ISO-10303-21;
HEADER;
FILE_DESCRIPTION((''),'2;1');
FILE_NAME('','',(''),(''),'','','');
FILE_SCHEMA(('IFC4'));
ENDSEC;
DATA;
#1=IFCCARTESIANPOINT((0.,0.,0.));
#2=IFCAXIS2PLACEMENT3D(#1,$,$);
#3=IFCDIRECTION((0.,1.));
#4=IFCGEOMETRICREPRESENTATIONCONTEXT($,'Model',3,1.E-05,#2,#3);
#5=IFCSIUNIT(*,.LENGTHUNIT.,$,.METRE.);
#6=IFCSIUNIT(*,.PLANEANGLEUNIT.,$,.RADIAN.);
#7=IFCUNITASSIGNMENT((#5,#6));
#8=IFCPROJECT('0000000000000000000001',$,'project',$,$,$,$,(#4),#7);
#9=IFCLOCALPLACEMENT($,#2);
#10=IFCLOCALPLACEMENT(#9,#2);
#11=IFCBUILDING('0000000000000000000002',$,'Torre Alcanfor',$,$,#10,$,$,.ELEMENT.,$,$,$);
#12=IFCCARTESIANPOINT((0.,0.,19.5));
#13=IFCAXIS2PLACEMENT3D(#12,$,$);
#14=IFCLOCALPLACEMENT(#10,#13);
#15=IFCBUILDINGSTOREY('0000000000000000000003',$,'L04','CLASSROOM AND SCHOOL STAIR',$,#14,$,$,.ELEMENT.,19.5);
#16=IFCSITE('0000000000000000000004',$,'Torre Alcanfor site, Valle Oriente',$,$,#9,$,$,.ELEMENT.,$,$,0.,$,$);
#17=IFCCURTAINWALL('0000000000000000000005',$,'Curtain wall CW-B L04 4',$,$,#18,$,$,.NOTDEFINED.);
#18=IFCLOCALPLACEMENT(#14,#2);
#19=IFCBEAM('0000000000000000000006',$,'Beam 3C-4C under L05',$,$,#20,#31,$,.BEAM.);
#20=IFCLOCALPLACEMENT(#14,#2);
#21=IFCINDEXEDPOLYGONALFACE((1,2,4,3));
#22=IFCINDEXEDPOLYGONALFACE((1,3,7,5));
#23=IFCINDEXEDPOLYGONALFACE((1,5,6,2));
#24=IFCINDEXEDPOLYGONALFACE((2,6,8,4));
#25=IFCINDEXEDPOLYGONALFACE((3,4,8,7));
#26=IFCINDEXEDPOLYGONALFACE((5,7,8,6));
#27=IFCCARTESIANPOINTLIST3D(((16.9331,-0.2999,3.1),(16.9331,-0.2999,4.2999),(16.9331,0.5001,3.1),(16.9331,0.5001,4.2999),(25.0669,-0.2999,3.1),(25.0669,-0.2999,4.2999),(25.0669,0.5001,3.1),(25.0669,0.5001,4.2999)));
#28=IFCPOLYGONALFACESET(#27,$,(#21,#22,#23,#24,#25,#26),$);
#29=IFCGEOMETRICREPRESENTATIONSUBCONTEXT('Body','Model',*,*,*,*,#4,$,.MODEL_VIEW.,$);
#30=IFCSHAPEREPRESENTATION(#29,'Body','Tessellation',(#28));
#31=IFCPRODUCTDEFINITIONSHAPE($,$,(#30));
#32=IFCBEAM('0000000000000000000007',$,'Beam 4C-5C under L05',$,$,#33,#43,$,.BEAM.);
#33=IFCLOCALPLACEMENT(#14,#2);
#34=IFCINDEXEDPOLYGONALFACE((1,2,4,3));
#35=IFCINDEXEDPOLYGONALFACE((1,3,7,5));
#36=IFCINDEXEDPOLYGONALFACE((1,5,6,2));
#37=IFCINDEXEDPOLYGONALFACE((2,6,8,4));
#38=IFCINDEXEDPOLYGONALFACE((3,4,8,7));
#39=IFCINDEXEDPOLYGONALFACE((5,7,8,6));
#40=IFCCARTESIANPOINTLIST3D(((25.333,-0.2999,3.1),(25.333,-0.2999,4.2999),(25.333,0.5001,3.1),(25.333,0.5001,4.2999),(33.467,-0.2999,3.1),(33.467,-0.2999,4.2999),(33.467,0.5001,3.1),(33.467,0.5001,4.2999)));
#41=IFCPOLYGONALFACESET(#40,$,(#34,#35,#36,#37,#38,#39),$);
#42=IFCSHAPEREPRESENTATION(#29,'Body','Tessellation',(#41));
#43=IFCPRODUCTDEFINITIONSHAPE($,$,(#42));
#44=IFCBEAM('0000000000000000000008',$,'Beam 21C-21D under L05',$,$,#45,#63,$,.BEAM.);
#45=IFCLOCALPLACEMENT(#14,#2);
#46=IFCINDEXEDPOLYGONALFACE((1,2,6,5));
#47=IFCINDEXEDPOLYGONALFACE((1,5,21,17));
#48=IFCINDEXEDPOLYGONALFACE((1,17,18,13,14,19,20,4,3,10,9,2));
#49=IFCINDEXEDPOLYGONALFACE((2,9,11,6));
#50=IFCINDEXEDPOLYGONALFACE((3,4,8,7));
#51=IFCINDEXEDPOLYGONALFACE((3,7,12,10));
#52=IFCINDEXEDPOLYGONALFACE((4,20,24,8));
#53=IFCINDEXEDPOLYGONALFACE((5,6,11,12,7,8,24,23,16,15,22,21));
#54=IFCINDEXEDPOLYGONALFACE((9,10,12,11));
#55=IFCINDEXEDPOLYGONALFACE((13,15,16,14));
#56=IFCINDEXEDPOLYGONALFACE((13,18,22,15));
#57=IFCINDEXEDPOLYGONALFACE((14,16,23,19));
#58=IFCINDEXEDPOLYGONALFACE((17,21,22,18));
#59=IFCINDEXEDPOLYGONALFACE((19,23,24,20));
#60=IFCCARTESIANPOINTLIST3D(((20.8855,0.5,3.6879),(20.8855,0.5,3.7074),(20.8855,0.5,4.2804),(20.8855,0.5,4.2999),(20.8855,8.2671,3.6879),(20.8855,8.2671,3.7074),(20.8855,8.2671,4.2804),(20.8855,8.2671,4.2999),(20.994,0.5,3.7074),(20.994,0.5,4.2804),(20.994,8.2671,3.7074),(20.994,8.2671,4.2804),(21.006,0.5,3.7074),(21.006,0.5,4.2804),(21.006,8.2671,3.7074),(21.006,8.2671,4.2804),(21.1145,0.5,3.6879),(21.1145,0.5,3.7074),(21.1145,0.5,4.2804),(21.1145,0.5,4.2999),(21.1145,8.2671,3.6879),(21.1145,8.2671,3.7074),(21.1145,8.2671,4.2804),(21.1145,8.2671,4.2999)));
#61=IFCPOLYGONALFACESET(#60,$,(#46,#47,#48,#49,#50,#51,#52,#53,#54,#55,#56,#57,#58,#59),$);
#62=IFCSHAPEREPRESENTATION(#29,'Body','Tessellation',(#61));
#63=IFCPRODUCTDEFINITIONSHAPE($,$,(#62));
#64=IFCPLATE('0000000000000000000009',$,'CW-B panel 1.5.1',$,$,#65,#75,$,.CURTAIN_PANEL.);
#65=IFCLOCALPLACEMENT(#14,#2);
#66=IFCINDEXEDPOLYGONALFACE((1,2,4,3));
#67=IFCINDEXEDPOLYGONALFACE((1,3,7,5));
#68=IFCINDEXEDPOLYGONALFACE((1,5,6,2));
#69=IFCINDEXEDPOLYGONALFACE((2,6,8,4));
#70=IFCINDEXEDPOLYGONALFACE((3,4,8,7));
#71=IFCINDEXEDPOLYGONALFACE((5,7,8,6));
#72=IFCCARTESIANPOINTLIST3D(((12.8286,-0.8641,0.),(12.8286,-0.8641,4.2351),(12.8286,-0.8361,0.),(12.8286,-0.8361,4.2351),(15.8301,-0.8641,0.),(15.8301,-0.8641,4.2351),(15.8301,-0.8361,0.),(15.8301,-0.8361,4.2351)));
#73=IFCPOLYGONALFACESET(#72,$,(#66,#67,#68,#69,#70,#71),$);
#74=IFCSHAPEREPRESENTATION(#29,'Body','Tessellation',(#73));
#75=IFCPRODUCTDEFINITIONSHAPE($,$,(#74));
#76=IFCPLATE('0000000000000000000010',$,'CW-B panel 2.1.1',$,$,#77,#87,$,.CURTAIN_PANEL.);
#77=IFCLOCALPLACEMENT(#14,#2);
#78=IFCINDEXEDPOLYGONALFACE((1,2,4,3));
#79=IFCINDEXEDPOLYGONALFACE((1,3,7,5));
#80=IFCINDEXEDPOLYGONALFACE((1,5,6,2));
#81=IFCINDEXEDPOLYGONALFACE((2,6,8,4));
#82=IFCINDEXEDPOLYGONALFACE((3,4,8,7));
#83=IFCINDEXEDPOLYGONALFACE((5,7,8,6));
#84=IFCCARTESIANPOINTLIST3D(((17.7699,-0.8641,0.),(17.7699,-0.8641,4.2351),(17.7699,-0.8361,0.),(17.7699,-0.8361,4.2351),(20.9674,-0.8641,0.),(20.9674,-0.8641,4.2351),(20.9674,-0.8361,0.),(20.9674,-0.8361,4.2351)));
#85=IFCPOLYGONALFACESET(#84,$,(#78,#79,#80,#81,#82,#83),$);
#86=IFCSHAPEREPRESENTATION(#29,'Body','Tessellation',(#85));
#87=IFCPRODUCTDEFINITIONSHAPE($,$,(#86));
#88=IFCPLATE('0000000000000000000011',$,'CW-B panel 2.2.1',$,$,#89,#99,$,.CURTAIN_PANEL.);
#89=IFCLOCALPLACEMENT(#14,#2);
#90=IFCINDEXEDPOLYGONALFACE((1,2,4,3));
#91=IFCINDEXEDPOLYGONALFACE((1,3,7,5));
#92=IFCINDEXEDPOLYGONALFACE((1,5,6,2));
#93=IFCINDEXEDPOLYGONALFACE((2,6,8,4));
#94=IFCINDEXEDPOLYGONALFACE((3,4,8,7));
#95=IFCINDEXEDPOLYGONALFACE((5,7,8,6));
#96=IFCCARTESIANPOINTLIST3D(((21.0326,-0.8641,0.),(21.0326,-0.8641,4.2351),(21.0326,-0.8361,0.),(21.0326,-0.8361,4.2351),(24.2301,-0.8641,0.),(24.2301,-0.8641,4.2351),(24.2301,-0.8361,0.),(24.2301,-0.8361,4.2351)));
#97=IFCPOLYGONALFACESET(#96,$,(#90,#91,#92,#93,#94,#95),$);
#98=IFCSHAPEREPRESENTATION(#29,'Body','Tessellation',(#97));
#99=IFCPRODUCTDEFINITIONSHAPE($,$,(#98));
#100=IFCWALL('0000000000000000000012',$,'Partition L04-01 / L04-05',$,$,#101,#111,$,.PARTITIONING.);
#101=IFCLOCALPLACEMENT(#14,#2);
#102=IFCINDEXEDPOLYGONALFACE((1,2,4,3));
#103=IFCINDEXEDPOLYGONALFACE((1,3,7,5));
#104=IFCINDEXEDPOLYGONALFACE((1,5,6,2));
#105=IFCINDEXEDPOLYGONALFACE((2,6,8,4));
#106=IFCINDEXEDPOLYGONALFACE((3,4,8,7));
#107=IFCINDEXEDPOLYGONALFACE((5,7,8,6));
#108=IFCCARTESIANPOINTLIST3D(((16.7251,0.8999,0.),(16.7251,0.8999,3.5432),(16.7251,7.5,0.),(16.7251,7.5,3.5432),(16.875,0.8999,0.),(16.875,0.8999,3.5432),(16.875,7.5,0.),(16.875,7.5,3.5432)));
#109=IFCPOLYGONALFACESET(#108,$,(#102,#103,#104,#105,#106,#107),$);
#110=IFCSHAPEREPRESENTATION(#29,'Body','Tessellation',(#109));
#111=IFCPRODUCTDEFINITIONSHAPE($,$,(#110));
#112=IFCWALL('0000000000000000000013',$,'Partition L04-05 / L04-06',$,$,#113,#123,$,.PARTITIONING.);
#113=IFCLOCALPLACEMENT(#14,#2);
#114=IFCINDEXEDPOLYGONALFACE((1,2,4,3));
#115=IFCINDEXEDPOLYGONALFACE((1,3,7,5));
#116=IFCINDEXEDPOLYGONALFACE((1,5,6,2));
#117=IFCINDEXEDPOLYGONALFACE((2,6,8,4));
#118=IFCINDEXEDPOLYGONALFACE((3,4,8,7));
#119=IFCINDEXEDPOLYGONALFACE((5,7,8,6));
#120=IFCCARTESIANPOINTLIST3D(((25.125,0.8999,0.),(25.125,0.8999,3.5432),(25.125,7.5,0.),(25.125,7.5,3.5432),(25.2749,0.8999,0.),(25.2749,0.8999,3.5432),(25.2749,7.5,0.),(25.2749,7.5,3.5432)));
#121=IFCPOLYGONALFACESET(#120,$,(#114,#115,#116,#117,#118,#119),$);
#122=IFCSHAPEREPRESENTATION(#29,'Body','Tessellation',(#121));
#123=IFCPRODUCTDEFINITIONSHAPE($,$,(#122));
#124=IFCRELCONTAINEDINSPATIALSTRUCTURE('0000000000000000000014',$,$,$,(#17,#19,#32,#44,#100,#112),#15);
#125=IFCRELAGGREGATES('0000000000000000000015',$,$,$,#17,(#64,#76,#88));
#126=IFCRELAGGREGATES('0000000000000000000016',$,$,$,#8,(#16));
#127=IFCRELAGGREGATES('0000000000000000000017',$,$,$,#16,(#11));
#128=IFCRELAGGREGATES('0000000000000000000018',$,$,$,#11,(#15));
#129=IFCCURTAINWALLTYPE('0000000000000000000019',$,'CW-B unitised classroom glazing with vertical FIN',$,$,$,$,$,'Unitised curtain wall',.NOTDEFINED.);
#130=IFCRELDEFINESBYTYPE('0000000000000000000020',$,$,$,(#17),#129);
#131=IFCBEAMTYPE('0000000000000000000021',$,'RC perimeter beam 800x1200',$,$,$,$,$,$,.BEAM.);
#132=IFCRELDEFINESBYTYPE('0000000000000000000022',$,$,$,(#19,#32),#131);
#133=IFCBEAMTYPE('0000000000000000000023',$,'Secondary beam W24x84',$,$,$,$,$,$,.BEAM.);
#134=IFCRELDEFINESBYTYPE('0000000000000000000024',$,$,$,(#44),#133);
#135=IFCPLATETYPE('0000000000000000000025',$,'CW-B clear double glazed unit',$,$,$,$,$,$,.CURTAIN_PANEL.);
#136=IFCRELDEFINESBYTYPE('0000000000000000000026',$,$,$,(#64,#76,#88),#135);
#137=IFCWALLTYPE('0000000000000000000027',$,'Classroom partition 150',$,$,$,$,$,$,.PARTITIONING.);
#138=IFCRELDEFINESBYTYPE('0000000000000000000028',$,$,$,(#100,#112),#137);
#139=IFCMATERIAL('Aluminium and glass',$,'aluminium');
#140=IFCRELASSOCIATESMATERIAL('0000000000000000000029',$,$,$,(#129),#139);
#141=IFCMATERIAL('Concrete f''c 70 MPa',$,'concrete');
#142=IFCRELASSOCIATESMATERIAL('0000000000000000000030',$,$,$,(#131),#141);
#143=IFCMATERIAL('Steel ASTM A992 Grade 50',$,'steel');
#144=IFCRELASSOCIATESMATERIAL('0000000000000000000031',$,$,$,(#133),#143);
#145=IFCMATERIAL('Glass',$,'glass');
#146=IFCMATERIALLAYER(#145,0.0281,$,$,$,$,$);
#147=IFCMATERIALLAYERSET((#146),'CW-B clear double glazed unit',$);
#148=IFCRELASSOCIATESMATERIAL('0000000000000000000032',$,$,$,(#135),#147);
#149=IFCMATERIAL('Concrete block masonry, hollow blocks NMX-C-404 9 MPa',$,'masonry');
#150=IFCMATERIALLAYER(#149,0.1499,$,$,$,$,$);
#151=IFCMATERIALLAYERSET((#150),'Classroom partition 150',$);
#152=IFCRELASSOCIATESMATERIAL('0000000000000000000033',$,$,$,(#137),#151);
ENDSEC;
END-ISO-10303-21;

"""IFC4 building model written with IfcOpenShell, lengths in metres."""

from ifc_helpers import new_model, si_unit, direction, frame, frame_2d, origin, origin_2d, place, context, subcontext, project, spatial, rectangle, i_section, extrude, material, layer, layer_set, material_profile, profile_set, type_object, element, aggregate, save


model = new_model("IFC4")

# Units and contexts
model_context = context("Model", 3, precision=1e-05, world=origin(), true_north=direction((0.0, 1.0)))
body_context = subcontext(model_context, "Body", "Model", "MODEL_VIEW")
ifc_project = project(units=[si_unit("LENGTHUNIT", "METRE"), si_unit("PLANEANGLEUNIT", "RADIAN")], contexts=[model_context])

# Site, building, storey
site_placement = place(None, origin())
site = spatial("IfcSite", under=ifc_project, at=site_placement, Name="Torre Alcanfor site, Valle Oriente", CompositionType="ELEMENT", RefElevation=0.0)
building_placement = place(site_placement, origin())
building = spatial("IfcBuilding", under=site, at=building_placement, Name="Torre Alcanfor", CompositionType="ELEMENT")
storey_placement = place(building_placement, frame((0.0, 0.0, 19.5)))
storey = spatial("IfcBuildingStorey", under=building, at=storey_placement, Name="L04", Description="CLASSROOM AND SCHOOL STAIR", CompositionType="ELEMENT", Elevation=19.5)

# Curtain wall
ifc_material_1 = material(Name="Aluminium and glass", Category="aluminium")
curtain_wall_type = type_object("IfcCurtainWallType", Name="CW-B unitised classroom glazing with vertical FIN", ElementType="Unitised curtain wall", PredefinedType="NOTDEFINED", material=ifc_material_1)
curtain_wall_placement = place(storey_placement, origin())
curtain_wall = element("IfcCurtainWall", 1, at=curtain_wall_placement, inside=storey, type_object=curtain_wall_type, Name="Curtain wall CW-B L04 4", PredefinedType="NOTDEFINED")

# Beams
ifc_material_2 = material(Name="Concrete f'c 70 MPa", Category="concrete")
ifc_material_profile_1 = material_profile(ifc_material_2, rectangle(XDim=0.8, YDim=1.2, at=origin_2d()), Name="800x1200")
ifc_profile_set_1 = profile_set([ifc_material_profile_1], Name="Concrete f'c 70 MPa")
beam_type_1 = type_object("IfcBeamType", Name="RC perimeter beam 800x1200", PredefinedType="BEAM", material=ifc_profile_set_1)
beam_1_placement = place(storey_placement, frame((16.9331, 0.1001, 3.7), z_axis=(1.0, 0.0, 0.0), x_axis=(0.0, 1.0, 0.0)))
element("IfcBeam", 2, at=beam_1_placement, inside=storey, type_object=beam_type_1, Name="Beam 3C-4C under L05", PredefinedType="BEAM", context=body_context, shape_type="SweptSolid", body=[
    extrude(rectangle(XDim=0.8, YDim=1.2, at=origin_2d()), origin(), (0.0, 0.0, 1.0), 8.1338),
])
beam_2_placement = place(storey_placement, frame((25.333, 0.1001, 3.7), z_axis=(1.0, 0.0, 0.0), x_axis=(0.0, 1.0, 0.0)))
element("IfcBeam", 3, at=beam_2_placement, inside=storey, type_object=beam_type_1, Name="Beam 4C-5C under L05", PredefinedType="BEAM", context=body_context, shape_type="SweptSolid", body=[
    extrude(rectangle(XDim=0.8, YDim=1.2, at=origin_2d()), origin(), (0.0, 0.0, 1.0), 8.134),
])
ifc_material_3 = material(Name="Steel ASTM A992 Grade 50", Category="steel")
ifc_material_profile_2 = material_profile(ifc_material_3, i_section(OverallWidth=0.229, OverallDepth=0.6121, WebThickness=0.012, FlangeThickness=0.0195, at=origin_2d()), Name="W24x84")
ifc_profile_set_2 = profile_set([ifc_material_profile_2], Name="Steel ASTM A992 Grade 50")
beam_type_2 = type_object("IfcBeamType", Name="Secondary beam W24x84", PredefinedType="BEAM", material=ifc_profile_set_2)
beam_3_placement = place(storey_placement, frame((21.0, 0.5, 3.9939), z_axis=(0.0, 1.0, 0.0), x_axis=(-1.0, 0.0, 0.0)))
element("IfcBeam", 4, at=beam_3_placement, inside=storey, type_object=beam_type_2, Name="Beam 21C-21D under L05", PredefinedType="BEAM", context=body_context, shape_type="SweptSolid", body=[
    extrude(i_section(OverallWidth=0.229, OverallDepth=0.6121, WebThickness=0.012, FlangeThickness=0.0195, at=origin_2d()), origin(), (0.0, 0.0, 1.0), 7.7671),
])

# Plates
ifc_material_4 = material(Name="Glass", Category="glass")
ifc_layer_1 = layer(ifc_material_4, 0.0281)
ifc_layer_set_1 = layer_set([ifc_layer_1], Name="CW-B clear double glazed unit")
plate_type = type_object("IfcPlateType", Name="CW-B clear double glazed unit", PredefinedType="CURTAIN_PANEL", material=ifc_layer_set_1)
plate_1_placement = place(storey_placement, frame((14.3293, -0.8501, 0.0), z_axis=(0.0, 0.0, 1.0), x_axis=(1.0, 0.0, 0.0)))
plate_1 = element("IfcPlate", 5, at=plate_1_placement, type_object=plate_type, Name="CW-B panel 1.5.1", PredefinedType="CURTAIN_PANEL", context=body_context, shape_type="SweptSolid", body=[
    extrude(rectangle(XDim=3.0015, YDim=0.0281, at=origin_2d()), origin(), (0.0, 0.0, 1.0), 4.2351),
])
plate_2_placement = place(storey_placement, frame((19.3687, -0.8501, 0.0), z_axis=(0.0, 0.0, 1.0), x_axis=(1.0, 0.0, 0.0)))
plate_2 = element("IfcPlate", 6, at=plate_2_placement, type_object=plate_type, Name="CW-B panel 2.1.1", PredefinedType="CURTAIN_PANEL", context=body_context, shape_type="SweptSolid", body=[
    extrude(rectangle(XDim=3.1975, YDim=0.0281, at=origin_2d()), origin(), (0.0, 0.0, 1.0), 4.2351),
])
plate_3_placement = place(storey_placement, frame((22.6313, -0.8501, 0.0), z_axis=(0.0, 0.0, 1.0), x_axis=(1.0, 0.0, 0.0)))
plate_3 = element("IfcPlate", 7, at=plate_3_placement, type_object=plate_type, Name="CW-B panel 2.2.1", PredefinedType="CURTAIN_PANEL", context=body_context, shape_type="SweptSolid", body=[
    extrude(rectangle(XDim=3.1975, YDim=0.0281, at=origin_2d()), origin(), (0.0, 0.0, 1.0), 4.2351),
])
aggregate(curtain_wall, [plate_1, plate_2, plate_3])

# Walls
ifc_material_5 = material(Name="Concrete block masonry, hollow blocks NMX-C-404 9 MPa", Category="masonry")
ifc_layer_2 = layer(ifc_material_5, 0.1499)
ifc_layer_set_2 = layer_set([ifc_layer_2], Name="Classroom partition 150")
wall_type = type_object("IfcWallType", Name="Classroom partition 150", PredefinedType="PARTITIONING", material=ifc_layer_set_2)
for number, where, z_axis, x_axis, name in (
    (8, (16.8, 7.5, 0.0), (0.0, 0.0, 1.0), (0.0, -1.0, 0.0), "Partition L04-01 / L04-05"),
    (9, (25.2, 7.5, 0.0), (0.0, 0.0, 1.0), (0.0, -1.0, 0.0), "Partition L04-05 / L04-06"),
):
    element("IfcWall", number, at=place(storey_placement, frame(where, z_axis=z_axis, x_axis=x_axis)), inside=storey, type_object=wall_type, Name=name, PredefinedType="PARTITIONING", context=body_context, shape_type="SweptSolid", body=[
        extrude(rectangle(XDim=6.6001, YDim=0.1499, at=frame_2d((3.3, 0.0))), origin(), (0.0, 0.0, 1.0), 3.5432),
    ])

save(model, "model.ifc")
